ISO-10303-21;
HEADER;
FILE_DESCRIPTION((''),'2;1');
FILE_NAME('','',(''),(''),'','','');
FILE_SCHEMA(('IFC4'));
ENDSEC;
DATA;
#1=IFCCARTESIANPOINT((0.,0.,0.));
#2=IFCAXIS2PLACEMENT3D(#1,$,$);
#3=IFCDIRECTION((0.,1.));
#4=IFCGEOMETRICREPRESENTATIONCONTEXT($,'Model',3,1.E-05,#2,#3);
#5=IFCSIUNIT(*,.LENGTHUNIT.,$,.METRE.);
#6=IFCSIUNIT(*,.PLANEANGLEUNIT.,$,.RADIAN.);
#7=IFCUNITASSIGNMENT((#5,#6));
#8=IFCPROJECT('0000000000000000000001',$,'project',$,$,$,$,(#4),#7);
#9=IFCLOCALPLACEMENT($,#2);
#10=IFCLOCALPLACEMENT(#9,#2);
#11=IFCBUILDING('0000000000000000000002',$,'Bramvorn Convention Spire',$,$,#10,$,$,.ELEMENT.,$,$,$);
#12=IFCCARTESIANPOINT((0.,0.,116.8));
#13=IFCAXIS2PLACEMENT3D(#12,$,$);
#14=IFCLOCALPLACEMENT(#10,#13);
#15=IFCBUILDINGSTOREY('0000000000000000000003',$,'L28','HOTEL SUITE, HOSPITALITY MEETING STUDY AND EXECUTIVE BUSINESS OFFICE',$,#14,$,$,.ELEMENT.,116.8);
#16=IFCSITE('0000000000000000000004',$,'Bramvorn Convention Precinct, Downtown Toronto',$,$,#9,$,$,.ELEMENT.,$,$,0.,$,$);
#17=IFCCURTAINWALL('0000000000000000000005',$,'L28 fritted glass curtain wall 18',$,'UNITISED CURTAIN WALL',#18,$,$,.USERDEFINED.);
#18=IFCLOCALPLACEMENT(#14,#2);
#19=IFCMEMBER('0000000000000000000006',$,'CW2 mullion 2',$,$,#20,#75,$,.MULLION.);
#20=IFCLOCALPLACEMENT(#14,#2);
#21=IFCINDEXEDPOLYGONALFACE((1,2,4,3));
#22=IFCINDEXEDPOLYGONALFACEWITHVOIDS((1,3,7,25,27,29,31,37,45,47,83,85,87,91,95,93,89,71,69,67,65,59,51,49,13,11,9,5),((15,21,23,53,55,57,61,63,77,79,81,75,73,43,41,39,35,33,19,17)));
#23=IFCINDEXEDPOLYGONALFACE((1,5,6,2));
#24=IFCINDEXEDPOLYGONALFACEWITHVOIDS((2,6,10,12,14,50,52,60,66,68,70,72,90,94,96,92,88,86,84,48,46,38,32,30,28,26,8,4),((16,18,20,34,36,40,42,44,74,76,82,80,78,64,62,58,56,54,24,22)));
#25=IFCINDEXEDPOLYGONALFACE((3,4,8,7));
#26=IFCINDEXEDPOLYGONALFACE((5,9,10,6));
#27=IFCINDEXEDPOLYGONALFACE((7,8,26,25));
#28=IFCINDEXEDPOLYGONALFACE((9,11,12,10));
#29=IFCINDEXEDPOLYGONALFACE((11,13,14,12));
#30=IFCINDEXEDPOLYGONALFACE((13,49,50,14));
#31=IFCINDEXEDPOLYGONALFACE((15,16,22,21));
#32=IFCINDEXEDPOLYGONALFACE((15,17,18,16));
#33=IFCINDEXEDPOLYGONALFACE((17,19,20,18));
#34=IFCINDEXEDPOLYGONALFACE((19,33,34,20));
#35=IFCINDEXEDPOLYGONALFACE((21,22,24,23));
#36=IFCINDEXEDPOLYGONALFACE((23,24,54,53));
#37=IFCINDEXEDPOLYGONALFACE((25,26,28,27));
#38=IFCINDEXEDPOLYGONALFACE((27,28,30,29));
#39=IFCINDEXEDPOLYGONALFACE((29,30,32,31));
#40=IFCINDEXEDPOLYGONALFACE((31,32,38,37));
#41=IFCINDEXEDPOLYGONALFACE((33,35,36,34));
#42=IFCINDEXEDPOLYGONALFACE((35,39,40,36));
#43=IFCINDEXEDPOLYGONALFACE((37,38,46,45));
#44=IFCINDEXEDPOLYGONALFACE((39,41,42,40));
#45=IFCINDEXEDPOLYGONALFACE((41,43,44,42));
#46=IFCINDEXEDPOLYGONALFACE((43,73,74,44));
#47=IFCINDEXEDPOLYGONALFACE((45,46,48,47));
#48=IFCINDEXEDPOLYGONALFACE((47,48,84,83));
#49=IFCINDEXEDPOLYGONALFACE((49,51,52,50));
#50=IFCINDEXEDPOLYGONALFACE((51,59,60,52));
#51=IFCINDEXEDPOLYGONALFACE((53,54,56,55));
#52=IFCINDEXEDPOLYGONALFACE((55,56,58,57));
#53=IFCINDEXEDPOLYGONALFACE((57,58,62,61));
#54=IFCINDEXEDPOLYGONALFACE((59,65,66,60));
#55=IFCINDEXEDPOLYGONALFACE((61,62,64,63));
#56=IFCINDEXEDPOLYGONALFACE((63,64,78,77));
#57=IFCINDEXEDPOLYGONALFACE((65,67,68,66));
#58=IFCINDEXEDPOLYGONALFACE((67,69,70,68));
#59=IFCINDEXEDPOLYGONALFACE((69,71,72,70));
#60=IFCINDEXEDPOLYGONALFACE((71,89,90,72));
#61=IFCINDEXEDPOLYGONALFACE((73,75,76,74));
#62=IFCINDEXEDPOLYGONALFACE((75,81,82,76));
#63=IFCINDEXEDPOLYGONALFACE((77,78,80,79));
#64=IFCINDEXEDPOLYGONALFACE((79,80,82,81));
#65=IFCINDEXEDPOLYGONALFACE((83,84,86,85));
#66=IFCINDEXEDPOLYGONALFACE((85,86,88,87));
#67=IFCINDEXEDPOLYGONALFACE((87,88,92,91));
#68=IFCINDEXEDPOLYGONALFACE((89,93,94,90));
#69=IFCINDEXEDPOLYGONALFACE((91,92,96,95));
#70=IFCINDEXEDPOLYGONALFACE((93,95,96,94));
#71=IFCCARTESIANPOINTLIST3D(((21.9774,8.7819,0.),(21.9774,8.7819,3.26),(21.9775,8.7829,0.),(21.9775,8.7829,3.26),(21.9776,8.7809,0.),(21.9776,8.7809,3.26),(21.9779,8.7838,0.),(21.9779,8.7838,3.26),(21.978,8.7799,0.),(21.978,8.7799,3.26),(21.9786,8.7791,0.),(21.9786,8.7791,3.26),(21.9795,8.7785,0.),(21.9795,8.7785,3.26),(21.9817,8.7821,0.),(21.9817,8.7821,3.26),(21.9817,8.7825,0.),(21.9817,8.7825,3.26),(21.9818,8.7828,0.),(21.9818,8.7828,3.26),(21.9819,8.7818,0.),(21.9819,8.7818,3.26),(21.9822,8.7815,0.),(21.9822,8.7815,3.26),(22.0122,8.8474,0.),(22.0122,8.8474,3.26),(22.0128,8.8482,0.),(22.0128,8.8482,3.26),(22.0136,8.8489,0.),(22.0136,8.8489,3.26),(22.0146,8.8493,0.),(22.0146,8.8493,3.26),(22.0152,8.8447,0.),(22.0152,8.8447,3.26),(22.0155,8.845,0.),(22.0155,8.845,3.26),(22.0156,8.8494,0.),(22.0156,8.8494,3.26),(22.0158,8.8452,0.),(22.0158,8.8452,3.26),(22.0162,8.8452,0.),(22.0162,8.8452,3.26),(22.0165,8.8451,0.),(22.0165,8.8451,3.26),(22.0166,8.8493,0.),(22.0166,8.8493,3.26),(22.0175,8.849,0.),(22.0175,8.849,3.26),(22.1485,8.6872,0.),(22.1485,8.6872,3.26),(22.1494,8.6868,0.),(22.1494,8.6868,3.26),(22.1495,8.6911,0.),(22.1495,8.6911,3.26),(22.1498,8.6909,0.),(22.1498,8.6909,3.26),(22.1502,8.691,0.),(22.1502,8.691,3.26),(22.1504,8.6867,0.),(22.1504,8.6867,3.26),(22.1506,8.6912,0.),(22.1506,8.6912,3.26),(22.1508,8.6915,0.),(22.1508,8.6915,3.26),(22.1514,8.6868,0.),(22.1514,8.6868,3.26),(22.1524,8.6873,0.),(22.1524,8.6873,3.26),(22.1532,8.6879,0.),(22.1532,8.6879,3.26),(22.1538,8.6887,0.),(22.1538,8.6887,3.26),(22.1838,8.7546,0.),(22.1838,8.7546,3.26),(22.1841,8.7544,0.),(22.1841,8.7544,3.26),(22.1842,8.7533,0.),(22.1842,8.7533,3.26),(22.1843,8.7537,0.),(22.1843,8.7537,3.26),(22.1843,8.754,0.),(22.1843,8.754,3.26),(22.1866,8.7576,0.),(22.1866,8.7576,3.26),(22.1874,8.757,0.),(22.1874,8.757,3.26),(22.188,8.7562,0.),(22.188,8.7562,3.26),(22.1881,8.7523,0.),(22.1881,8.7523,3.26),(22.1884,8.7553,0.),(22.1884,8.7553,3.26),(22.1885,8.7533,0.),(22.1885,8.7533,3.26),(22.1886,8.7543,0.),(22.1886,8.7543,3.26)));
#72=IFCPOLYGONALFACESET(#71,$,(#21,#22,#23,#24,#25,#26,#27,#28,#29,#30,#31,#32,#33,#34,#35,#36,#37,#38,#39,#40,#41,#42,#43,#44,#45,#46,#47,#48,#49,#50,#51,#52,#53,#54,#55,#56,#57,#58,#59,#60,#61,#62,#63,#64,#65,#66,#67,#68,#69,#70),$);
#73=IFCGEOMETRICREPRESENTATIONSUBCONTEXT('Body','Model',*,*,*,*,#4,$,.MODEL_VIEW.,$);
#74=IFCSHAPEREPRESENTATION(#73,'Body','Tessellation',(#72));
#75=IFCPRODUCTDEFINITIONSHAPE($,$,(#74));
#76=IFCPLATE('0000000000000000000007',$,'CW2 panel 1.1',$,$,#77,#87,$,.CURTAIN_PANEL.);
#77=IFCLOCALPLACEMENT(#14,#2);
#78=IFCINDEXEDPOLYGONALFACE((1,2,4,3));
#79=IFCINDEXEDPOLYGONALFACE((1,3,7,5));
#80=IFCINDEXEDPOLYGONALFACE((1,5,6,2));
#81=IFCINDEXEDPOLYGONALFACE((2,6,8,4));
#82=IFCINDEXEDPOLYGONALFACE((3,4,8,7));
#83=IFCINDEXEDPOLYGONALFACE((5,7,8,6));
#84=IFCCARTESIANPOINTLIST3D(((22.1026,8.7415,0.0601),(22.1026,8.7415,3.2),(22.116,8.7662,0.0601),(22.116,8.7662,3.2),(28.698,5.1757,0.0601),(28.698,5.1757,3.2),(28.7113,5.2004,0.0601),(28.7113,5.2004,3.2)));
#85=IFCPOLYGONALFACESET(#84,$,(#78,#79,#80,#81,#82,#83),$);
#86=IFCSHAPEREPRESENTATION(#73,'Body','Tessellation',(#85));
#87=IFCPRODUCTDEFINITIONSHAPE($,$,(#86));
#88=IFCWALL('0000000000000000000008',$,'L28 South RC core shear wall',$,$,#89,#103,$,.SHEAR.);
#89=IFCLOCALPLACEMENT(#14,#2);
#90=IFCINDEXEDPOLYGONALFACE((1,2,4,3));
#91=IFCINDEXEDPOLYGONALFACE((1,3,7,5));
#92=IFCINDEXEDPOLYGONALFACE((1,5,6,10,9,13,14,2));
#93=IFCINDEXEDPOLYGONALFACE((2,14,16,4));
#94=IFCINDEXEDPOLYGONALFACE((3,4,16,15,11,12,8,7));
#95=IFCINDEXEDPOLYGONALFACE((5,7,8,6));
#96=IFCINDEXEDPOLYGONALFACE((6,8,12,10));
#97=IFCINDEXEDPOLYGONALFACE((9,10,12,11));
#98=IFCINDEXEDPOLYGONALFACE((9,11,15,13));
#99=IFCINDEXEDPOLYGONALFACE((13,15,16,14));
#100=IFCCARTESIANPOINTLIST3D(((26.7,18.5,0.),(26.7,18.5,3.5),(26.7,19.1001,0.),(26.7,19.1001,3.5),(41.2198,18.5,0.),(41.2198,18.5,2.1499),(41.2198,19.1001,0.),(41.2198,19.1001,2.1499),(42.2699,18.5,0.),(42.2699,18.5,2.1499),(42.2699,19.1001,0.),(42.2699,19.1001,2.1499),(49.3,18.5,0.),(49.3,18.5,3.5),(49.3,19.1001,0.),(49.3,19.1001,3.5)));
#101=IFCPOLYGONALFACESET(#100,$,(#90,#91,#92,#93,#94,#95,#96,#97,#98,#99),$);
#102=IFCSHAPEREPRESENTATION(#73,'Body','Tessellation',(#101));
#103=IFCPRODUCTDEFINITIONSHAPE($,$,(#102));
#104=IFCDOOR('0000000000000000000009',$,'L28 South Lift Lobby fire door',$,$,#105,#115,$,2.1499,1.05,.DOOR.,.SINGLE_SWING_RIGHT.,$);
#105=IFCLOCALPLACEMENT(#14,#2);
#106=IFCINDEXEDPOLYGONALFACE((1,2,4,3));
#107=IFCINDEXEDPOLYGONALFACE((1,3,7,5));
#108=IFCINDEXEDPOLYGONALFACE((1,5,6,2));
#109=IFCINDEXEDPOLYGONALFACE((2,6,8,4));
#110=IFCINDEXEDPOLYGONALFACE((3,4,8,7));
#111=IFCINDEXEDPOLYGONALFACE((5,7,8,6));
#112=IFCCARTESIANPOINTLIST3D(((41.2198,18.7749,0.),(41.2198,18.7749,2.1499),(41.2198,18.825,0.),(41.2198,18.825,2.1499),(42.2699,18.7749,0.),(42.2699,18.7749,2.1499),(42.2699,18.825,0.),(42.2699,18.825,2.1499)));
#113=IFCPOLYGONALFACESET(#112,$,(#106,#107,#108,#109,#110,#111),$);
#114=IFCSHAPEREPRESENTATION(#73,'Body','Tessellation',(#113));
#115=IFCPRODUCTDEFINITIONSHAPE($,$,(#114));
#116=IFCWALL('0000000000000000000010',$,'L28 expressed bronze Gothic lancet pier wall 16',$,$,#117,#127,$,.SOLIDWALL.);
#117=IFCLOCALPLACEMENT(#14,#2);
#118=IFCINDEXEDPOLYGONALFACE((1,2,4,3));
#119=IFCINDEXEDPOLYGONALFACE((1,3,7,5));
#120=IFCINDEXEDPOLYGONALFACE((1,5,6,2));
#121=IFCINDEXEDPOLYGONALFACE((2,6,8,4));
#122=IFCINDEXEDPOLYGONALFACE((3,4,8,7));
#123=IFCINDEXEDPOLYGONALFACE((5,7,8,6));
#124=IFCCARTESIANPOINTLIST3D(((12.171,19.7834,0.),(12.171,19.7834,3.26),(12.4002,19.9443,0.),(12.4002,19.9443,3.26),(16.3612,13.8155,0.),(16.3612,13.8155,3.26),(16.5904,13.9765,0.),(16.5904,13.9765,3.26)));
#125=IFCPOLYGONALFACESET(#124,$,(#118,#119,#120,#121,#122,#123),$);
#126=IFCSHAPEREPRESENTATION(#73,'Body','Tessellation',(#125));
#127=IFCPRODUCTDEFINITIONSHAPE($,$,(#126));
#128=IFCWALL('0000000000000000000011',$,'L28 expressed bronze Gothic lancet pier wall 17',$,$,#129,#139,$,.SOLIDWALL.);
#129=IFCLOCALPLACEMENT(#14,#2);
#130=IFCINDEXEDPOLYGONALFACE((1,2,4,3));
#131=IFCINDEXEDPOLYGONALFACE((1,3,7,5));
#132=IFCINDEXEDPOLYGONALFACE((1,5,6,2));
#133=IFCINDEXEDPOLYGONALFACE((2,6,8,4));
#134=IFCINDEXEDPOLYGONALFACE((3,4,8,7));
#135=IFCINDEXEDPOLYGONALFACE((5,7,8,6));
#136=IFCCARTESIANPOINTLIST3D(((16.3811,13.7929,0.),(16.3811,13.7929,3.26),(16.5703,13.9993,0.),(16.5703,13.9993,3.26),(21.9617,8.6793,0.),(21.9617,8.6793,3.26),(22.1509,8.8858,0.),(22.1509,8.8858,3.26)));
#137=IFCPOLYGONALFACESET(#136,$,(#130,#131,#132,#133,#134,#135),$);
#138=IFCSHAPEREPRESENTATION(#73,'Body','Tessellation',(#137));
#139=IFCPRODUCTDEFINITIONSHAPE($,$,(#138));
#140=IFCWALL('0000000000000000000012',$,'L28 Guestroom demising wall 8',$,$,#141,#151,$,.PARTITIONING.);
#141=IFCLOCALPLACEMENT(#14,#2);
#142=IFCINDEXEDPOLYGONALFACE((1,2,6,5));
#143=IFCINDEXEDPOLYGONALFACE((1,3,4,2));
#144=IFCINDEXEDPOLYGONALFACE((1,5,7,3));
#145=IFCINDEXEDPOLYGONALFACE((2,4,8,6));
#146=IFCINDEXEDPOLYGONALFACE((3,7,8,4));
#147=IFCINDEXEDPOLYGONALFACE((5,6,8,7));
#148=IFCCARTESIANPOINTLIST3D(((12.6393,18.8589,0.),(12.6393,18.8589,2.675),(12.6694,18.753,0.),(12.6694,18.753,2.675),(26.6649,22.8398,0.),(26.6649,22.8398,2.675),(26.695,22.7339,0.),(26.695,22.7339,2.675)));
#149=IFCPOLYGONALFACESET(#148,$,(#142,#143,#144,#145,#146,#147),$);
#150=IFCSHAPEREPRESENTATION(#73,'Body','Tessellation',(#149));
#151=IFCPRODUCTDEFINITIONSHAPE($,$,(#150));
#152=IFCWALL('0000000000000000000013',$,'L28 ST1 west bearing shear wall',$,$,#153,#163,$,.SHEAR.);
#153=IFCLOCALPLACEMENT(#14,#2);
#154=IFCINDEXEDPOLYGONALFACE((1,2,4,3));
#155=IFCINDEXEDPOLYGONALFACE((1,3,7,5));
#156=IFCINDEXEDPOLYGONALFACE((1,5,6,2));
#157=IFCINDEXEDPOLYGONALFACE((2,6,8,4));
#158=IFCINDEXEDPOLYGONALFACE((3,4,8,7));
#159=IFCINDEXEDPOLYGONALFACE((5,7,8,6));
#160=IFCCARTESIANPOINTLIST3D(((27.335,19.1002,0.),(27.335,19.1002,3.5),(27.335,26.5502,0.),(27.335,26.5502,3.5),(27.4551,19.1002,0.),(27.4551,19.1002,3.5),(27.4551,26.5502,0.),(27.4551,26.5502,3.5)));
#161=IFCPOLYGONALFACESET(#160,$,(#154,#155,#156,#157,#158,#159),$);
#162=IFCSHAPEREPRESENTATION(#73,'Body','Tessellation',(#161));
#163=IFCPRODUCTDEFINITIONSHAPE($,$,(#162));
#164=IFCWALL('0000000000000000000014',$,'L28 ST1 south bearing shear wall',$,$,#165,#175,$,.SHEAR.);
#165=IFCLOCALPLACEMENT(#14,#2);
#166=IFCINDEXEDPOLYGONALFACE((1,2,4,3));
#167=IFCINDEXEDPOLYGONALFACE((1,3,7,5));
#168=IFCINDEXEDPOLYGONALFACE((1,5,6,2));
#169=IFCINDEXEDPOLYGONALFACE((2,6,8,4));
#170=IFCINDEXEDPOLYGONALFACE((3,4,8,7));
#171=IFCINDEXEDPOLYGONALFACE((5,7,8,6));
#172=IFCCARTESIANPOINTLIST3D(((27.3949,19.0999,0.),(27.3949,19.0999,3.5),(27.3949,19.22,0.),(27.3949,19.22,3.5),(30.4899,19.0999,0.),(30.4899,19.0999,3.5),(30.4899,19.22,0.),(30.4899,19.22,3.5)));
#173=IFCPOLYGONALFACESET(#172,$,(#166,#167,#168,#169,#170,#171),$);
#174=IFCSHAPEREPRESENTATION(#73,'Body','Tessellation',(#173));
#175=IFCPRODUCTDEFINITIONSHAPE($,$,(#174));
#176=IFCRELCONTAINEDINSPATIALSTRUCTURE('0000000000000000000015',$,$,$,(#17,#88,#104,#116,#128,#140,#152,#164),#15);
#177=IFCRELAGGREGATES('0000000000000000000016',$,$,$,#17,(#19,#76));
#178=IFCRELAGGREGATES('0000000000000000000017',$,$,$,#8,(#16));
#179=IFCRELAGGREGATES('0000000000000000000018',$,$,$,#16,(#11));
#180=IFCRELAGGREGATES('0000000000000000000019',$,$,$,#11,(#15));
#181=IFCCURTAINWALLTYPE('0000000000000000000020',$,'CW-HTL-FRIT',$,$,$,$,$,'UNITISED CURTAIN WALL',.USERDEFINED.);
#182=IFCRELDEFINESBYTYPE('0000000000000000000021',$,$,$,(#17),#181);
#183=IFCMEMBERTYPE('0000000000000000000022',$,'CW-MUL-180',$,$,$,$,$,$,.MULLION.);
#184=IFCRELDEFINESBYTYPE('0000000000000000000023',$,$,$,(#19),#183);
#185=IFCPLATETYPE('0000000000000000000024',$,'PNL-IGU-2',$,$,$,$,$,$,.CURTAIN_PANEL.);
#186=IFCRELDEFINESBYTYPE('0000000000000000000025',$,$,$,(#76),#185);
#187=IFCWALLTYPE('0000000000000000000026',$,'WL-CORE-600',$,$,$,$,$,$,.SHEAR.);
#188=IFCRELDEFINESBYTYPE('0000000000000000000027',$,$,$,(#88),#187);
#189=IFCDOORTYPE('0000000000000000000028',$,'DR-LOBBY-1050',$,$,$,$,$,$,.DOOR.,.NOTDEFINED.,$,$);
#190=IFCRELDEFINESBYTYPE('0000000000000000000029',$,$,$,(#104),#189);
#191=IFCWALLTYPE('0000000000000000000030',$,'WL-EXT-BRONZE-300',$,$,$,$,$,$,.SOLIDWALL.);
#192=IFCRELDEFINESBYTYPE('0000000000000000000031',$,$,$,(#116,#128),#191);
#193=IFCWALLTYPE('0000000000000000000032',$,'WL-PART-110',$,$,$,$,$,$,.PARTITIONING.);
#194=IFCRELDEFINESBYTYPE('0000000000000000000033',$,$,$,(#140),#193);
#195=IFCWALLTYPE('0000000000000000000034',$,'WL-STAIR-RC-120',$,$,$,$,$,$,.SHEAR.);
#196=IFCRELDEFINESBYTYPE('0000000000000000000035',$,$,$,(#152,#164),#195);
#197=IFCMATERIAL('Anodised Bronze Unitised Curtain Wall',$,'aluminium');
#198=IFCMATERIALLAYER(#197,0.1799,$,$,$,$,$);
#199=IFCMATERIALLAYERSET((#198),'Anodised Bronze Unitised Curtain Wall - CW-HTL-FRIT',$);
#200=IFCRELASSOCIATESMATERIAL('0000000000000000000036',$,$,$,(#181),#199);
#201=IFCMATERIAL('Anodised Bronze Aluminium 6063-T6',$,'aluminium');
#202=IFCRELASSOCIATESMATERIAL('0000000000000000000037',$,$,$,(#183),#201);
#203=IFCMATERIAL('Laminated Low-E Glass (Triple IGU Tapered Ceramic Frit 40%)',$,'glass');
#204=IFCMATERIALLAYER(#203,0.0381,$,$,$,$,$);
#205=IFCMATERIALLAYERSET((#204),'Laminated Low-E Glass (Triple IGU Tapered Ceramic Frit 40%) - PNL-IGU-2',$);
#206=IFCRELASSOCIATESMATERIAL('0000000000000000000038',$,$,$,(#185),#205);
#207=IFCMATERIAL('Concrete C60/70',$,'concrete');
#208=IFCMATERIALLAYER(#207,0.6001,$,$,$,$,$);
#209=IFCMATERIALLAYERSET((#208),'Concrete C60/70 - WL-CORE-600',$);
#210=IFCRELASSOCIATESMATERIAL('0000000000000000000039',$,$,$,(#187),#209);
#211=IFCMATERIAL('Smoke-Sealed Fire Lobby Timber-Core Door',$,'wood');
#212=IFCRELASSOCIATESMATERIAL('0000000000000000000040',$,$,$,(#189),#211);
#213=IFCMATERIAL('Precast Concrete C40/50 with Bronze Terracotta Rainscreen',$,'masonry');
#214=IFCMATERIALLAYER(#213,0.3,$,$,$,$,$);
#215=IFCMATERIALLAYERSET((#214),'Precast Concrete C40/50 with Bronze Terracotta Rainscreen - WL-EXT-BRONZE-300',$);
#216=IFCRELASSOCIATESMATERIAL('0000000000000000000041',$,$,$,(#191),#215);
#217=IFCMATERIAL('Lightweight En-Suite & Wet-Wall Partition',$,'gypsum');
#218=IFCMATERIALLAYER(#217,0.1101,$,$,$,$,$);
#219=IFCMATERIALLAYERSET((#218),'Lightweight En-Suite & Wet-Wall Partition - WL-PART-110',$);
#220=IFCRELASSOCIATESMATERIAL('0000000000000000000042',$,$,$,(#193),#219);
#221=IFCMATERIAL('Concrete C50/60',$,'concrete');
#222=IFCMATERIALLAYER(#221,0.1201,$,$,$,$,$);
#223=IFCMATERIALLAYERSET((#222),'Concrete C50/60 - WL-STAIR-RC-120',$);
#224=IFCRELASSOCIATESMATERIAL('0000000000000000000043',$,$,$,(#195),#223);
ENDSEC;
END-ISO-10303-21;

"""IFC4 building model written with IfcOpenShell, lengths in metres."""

from ifc_helpers import new_model, si_unit, direction, frame, frame_2d, origin, origin_2d, place, context, subcontext, project, spatial, rectangle, hollow_rectangle, extrude, material, layer, layer_set, material_profile, profile_set, type_object, element, fill, aggregate, save


model = new_model("IFC4")

# Units and contexts
model_context = context("Model", 3, precision=1e-05, world=origin(), true_north=direction((0.0, 1.0)))
body_context = subcontext(model_context, "Body", "Model", "MODEL_VIEW")
ifc_project = project(units=[si_unit("LENGTHUNIT", "METRE"), si_unit("PLANEANGLEUNIT", "RADIAN")], contexts=[model_context])

# Site, building, storey
site_placement = place(None, origin())
site = spatial("IfcSite", under=ifc_project, at=site_placement, Name="Bramvorn Convention Precinct, Downtown Toronto", CompositionType="ELEMENT", RefElevation=0.0)
building_placement = place(site_placement, origin())
building = spatial("IfcBuilding", under=site, at=building_placement, Name="Bramvorn Convention Spire", CompositionType="ELEMENT")
storey_placement = place(building_placement, frame((0.0, 0.0, 116.8)))
storey = spatial("IfcBuildingStorey", under=building, at=storey_placement, Name="L28", Description="HOTEL SUITE, HOSPITALITY MEETING STUDY AND EXECUTIVE BUSINESS OFFICE", CompositionType="ELEMENT", Elevation=116.8)

# Curtain wall, member, plate
ifc_material_1 = material(Name="Anodised Bronze Unitised Curtain Wall", Category="aluminium")
ifc_layer_1 = layer(ifc_material_1, 0.1799)
ifc_layer_set_1 = layer_set([ifc_layer_1], Name="Anodised Bronze Unitised Curtain Wall - CW-HTL-FRIT")
curtain_wall_type = type_object("IfcCurtainWallType", Name="CW-HTL-FRIT", ElementType="UNITISED CURTAIN WALL", PredefinedType="USERDEFINED", material=ifc_layer_set_1)
curtain_wall_placement = place(storey_placement, origin())
curtain_wall = element("IfcCurtainWall", 1, at=curtain_wall_placement, inside=storey, type_object=curtain_wall_type, Name="L28 fritted glass curtain wall 18", ObjectType="UNITISED CURTAIN WALL", PredefinedType="USERDEFINED")
ifc_material_2 = material(Name="Anodised Bronze Aluminium 6063-T6", Category="aluminium")
ifc_material_profile_1 = material_profile(ifc_material_2, hollow_rectangle(XDim=0.0801, YDim=0.2, WallThickness=0.0039, InnerFilletRadius=0.001, OuterFilletRadius=0.0039, at=origin_2d()))
ifc_profile_set_1 = profile_set([ifc_material_profile_1], Name="Anodised Bronze Aluminium 6063-T6 - CWM80X200")
member_type = type_object("IfcMemberType", Name="CW-MUL-180", PredefinedType="MULLION", material=ifc_profile_set_1)
member_placement = place(storey_placement, frame((22.083, 8.7681, 0.0), z_axis=(0.0, 0.0, 1.0), x_axis=(-0.475593, -0.879666, 0.0)))
member = element("IfcMember", 2, at=member_placement, type_object=member_type, Name="CW2 mullion 2", PredefinedType="MULLION", context=body_context, shape_type="SweptSolid", body=[
    extrude(hollow_rectangle(XDim=0.0801, YDim=0.2, WallThickness=0.0039, InnerFilletRadius=0.001, OuterFilletRadius=0.0039, at=origin_2d()), origin(), (0.0, 0.0, 1.0), 3.26),
])
ifc_material_3 = material(Name="Laminated Low-E Glass (Triple IGU Tapered Ceramic Frit 40%)", Category="glass")
ifc_layer_2 = layer(ifc_material_3, 0.0381)
ifc_layer_set_2 = layer_set([ifc_layer_2], Name="Laminated Low-E Glass (Triple IGU Tapered Ceramic Frit 40%) - PNL-IGU-2")
plate_type = type_object("IfcPlateType", Name="PNL-IGU-2", PredefinedType="CURTAIN_PANEL", material=ifc_layer_set_2)
plate_placement = place(storey_placement, frame((25.407, 6.9709, 0.0601), z_axis=(0.0, 0.0, 1.0), x_axis=(-0.879666, 0.475593, 0.0)))
plate = element("IfcPlate", 3, at=plate_placement, type_object=plate_type, Name="CW2 panel 1.1", PredefinedType="CURTAIN_PANEL", context=body_context, shape_type="SweptSolid", body=[
    extrude(rectangle(XDim=7.4976, YDim=0.0281, at=origin_2d()), origin(), (0.0, 0.0, 1.0), 3.1399),
])
aggregate(curtain_wall, [member, plate])

# Wall, opening, door
ifc_material_4 = material(Name="Concrete C60/70", Category="concrete")
ifc_layer_3 = layer(ifc_material_4, 0.6001)
ifc_layer_set_3 = layer_set([ifc_layer_3], Name="Concrete C60/70 - WL-CORE-600")
wall_type_1 = type_object("IfcWallType", Name="WL-CORE-600", PredefinedType="SHEAR", material=ifc_layer_set_3)
wall_1_placement = place(storey_placement, frame((26.7, 18.8, 0.0), z_axis=(0.0, 0.0, 1.0), x_axis=(1.0, 0.0, 0.0)))
wall_1 = element("IfcWall", 4, at=wall_1_placement, inside=storey, type_object=wall_type_1, Name="L28 South RC core shear wall", PredefinedType="SHEAR", context=body_context, shape_type="SweptSolid", body=[
    extrude(rectangle(XDim=22.6001, YDim=0.6001, at=frame_2d((11.3, 0.0))), origin(), (0.0, 0.0, 1.0), 3.5),
])
opening_1_placement = place(wall_1_placement, frame((14.52, 0.0, 0.0)))
opening_1 = element("IfcOpeningElement", 5, at=opening_1_placement, cuts=wall_1, PredefinedType="OPENING", context=body_context, shape_type="SweptSolid", body=[
    extrude(rectangle(XDim=1.05, YDim=2.1499, at=frame_2d((0.5249, 1.075))), frame((0.0, 0.3101, 0.0), z_axis=(0.0, -1.0, 0.0), x_axis=(1.0, 0.0, 0.0)), (0.0, 0.0, 1.0), 0.6201),
])
ifc_material_5 = material(Name="Smoke-Sealed Fire Lobby Timber-Core Door", Category="wood")
door_type = type_object("IfcDoorType", Name="DR-LOBBY-1050", OperationType="NOTDEFINED", PredefinedType="DOOR", material=ifc_material_5)
door_1_placement = place(opening_1_placement, origin())
door_1 = element("IfcDoor", 6, at=door_1_placement, inside=storey, type_object=door_type, Name="L28 South Lift Lobby fire door", OperationType="SINGLE_SWING_RIGHT", OverallHeight=2.1499, OverallWidth=1.05, PredefinedType="DOOR", context=body_context, shape_type="SweptSolid", body=[
    extrude(rectangle(XDim=1.05, YDim=2.1499, at=frame_2d((0.5249, 1.075))), frame((0.0, 0.0249, 0.0), z_axis=(0.0, -1.0, 0.0), x_axis=(1.0, 0.0, 0.0)), (0.0, 0.0, 1.0), 0.05),
])
fill(opening_1, door_1)

# Walls
ifc_material_6 = material(Name="Precast Concrete C40/50 with Bronze Terracotta Rainscreen", Category="masonry")
ifc_layer_4 = layer(ifc_material_6, 0.3)
ifc_layer_set_4 = layer_set([ifc_layer_4], Name="Precast Concrete C40/50 with Bronze Terracotta Rainscreen - WL-EXT-BRONZE-300")
wall_type_2 = type_object("IfcWallType", Name="WL-EXT-BRONZE-300", PredefinedType="SOLIDWALL", material=ifc_layer_set_4)
wall_2_placement = place(storey_placement, frame((16.4758, 13.896, 0.0), z_axis=(0.0, 0.0, 1.0), x_axis=(-0.574635, 0.81841, 0.0)))
element("IfcWall", 7, at=wall_2_placement, inside=storey, type_object=wall_type_2, Name="L28 expressed bronze Gothic lancet pier wall 16", PredefinedType="SOLIDWALL", context=body_context, shape_type="SweptSolid", body=[
    extrude(rectangle(XDim=7.292, YDim=0.28, at=frame_2d((3.646, 0.0))), origin(), (0.0, 0.0, 1.0), 3.26),
])
wall_3_placement = place(storey_placement, frame((22.0564, 8.7825, 0.0), z_axis=(0.0, 0.0, 1.0), x_axis=(-0.737285, 0.675581, 0.0)))
element("IfcWall", 8, at=wall_3_placement, inside=storey, type_object=wall_type_2, Name="L28 expressed bronze Gothic lancet pier wall 17", PredefinedType="SOLIDWALL", context=body_context, shape_type="SweptSolid", body=[
    extrude(rectangle(XDim=7.5691, YDim=0.28, at=frame_2d((3.7847, 0.0))), origin(), (0.0, 0.0, 1.0), 3.26),
])
ifc_material_7 = material(Name="Lightweight En-Suite & Wet-Wall Partition", Category="gypsum")
ifc_layer_5 = layer(ifc_material_7, 0.1101)
ifc_layer_set_5 = layer_set([ifc_layer_5], Name="Lightweight En-Suite & Wet-Wall Partition - WL-PART-110")
wall_type_3 = type_object("IfcWallType", Name="WL-PART-110", PredefinedType="PARTITIONING", material=ifc_layer_set_5)
wall_4_placement = place(storey_placement, frame((26.6799, 22.7869, 0.0), z_axis=(0.0, 0.0, 1.0), x_axis=(-0.962, -0.273049, 0.0)))
element("IfcWall", 9, at=wall_4_placement, inside=storey, type_object=wall_type_3, Name="L28 Guestroom demising wall 8", PredefinedType="PARTITIONING", context=body_context, shape_type="SweptSolid", body=[
    extrude(rectangle(XDim=14.5796, YDim=0.1101, at=frame_2d((7.2898, 0.0))), origin(), (0.0, 0.0, 1.0), 2.675),
])
ifc_material_8 = material(Name="Concrete C50/60", Category="concrete")
ifc_layer_6 = layer(ifc_material_8, 0.1201)
ifc_layer_set_6 = layer_set([ifc_layer_6], Name="Concrete C50/60 - WL-STAIR-RC-120")
wall_type_4 = type_object("IfcWallType", Name="WL-STAIR-RC-120", PredefinedType="SHEAR", material=ifc_layer_set_6)
wall_5_placement = place(storey_placement, frame((27.395, 19.1001, 0.0), z_axis=(0.0, 0.0, 1.0), x_axis=(0.0, 1.0, 0.0)))
element("IfcWall", 10, at=wall_5_placement, inside=storey, type_object=wall_type_4, Name="L28 ST1 west bearing shear wall", PredefinedType="SHEAR", context=body_context, shape_type="SweptSolid", body=[
    extrude(rectangle(XDim=7.45, YDim=0.1201, at=frame_2d((3.7251, 0.0))), origin(), (0.0, 0.0, 1.0), 3.5),
])
wall_6_placement = place(storey_placement, frame((27.395, 19.1599, 0.0), z_axis=(0.0, 0.0, 1.0), x_axis=(1.0, 0.0, 0.0)))
element("IfcWall", 11, at=wall_6_placement, inside=storey, type_object=wall_type_4, Name="L28 ST1 south bearing shear wall", PredefinedType="SHEAR", context=body_context, shape_type="SweptSolid", body=[
    extrude(rectangle(XDim=3.095, YDim=0.1201, at=frame_2d((1.5474, 0.0))), origin(), (0.0, 0.0, 1.0), 3.5),
])

save(model, "model.ifc")
